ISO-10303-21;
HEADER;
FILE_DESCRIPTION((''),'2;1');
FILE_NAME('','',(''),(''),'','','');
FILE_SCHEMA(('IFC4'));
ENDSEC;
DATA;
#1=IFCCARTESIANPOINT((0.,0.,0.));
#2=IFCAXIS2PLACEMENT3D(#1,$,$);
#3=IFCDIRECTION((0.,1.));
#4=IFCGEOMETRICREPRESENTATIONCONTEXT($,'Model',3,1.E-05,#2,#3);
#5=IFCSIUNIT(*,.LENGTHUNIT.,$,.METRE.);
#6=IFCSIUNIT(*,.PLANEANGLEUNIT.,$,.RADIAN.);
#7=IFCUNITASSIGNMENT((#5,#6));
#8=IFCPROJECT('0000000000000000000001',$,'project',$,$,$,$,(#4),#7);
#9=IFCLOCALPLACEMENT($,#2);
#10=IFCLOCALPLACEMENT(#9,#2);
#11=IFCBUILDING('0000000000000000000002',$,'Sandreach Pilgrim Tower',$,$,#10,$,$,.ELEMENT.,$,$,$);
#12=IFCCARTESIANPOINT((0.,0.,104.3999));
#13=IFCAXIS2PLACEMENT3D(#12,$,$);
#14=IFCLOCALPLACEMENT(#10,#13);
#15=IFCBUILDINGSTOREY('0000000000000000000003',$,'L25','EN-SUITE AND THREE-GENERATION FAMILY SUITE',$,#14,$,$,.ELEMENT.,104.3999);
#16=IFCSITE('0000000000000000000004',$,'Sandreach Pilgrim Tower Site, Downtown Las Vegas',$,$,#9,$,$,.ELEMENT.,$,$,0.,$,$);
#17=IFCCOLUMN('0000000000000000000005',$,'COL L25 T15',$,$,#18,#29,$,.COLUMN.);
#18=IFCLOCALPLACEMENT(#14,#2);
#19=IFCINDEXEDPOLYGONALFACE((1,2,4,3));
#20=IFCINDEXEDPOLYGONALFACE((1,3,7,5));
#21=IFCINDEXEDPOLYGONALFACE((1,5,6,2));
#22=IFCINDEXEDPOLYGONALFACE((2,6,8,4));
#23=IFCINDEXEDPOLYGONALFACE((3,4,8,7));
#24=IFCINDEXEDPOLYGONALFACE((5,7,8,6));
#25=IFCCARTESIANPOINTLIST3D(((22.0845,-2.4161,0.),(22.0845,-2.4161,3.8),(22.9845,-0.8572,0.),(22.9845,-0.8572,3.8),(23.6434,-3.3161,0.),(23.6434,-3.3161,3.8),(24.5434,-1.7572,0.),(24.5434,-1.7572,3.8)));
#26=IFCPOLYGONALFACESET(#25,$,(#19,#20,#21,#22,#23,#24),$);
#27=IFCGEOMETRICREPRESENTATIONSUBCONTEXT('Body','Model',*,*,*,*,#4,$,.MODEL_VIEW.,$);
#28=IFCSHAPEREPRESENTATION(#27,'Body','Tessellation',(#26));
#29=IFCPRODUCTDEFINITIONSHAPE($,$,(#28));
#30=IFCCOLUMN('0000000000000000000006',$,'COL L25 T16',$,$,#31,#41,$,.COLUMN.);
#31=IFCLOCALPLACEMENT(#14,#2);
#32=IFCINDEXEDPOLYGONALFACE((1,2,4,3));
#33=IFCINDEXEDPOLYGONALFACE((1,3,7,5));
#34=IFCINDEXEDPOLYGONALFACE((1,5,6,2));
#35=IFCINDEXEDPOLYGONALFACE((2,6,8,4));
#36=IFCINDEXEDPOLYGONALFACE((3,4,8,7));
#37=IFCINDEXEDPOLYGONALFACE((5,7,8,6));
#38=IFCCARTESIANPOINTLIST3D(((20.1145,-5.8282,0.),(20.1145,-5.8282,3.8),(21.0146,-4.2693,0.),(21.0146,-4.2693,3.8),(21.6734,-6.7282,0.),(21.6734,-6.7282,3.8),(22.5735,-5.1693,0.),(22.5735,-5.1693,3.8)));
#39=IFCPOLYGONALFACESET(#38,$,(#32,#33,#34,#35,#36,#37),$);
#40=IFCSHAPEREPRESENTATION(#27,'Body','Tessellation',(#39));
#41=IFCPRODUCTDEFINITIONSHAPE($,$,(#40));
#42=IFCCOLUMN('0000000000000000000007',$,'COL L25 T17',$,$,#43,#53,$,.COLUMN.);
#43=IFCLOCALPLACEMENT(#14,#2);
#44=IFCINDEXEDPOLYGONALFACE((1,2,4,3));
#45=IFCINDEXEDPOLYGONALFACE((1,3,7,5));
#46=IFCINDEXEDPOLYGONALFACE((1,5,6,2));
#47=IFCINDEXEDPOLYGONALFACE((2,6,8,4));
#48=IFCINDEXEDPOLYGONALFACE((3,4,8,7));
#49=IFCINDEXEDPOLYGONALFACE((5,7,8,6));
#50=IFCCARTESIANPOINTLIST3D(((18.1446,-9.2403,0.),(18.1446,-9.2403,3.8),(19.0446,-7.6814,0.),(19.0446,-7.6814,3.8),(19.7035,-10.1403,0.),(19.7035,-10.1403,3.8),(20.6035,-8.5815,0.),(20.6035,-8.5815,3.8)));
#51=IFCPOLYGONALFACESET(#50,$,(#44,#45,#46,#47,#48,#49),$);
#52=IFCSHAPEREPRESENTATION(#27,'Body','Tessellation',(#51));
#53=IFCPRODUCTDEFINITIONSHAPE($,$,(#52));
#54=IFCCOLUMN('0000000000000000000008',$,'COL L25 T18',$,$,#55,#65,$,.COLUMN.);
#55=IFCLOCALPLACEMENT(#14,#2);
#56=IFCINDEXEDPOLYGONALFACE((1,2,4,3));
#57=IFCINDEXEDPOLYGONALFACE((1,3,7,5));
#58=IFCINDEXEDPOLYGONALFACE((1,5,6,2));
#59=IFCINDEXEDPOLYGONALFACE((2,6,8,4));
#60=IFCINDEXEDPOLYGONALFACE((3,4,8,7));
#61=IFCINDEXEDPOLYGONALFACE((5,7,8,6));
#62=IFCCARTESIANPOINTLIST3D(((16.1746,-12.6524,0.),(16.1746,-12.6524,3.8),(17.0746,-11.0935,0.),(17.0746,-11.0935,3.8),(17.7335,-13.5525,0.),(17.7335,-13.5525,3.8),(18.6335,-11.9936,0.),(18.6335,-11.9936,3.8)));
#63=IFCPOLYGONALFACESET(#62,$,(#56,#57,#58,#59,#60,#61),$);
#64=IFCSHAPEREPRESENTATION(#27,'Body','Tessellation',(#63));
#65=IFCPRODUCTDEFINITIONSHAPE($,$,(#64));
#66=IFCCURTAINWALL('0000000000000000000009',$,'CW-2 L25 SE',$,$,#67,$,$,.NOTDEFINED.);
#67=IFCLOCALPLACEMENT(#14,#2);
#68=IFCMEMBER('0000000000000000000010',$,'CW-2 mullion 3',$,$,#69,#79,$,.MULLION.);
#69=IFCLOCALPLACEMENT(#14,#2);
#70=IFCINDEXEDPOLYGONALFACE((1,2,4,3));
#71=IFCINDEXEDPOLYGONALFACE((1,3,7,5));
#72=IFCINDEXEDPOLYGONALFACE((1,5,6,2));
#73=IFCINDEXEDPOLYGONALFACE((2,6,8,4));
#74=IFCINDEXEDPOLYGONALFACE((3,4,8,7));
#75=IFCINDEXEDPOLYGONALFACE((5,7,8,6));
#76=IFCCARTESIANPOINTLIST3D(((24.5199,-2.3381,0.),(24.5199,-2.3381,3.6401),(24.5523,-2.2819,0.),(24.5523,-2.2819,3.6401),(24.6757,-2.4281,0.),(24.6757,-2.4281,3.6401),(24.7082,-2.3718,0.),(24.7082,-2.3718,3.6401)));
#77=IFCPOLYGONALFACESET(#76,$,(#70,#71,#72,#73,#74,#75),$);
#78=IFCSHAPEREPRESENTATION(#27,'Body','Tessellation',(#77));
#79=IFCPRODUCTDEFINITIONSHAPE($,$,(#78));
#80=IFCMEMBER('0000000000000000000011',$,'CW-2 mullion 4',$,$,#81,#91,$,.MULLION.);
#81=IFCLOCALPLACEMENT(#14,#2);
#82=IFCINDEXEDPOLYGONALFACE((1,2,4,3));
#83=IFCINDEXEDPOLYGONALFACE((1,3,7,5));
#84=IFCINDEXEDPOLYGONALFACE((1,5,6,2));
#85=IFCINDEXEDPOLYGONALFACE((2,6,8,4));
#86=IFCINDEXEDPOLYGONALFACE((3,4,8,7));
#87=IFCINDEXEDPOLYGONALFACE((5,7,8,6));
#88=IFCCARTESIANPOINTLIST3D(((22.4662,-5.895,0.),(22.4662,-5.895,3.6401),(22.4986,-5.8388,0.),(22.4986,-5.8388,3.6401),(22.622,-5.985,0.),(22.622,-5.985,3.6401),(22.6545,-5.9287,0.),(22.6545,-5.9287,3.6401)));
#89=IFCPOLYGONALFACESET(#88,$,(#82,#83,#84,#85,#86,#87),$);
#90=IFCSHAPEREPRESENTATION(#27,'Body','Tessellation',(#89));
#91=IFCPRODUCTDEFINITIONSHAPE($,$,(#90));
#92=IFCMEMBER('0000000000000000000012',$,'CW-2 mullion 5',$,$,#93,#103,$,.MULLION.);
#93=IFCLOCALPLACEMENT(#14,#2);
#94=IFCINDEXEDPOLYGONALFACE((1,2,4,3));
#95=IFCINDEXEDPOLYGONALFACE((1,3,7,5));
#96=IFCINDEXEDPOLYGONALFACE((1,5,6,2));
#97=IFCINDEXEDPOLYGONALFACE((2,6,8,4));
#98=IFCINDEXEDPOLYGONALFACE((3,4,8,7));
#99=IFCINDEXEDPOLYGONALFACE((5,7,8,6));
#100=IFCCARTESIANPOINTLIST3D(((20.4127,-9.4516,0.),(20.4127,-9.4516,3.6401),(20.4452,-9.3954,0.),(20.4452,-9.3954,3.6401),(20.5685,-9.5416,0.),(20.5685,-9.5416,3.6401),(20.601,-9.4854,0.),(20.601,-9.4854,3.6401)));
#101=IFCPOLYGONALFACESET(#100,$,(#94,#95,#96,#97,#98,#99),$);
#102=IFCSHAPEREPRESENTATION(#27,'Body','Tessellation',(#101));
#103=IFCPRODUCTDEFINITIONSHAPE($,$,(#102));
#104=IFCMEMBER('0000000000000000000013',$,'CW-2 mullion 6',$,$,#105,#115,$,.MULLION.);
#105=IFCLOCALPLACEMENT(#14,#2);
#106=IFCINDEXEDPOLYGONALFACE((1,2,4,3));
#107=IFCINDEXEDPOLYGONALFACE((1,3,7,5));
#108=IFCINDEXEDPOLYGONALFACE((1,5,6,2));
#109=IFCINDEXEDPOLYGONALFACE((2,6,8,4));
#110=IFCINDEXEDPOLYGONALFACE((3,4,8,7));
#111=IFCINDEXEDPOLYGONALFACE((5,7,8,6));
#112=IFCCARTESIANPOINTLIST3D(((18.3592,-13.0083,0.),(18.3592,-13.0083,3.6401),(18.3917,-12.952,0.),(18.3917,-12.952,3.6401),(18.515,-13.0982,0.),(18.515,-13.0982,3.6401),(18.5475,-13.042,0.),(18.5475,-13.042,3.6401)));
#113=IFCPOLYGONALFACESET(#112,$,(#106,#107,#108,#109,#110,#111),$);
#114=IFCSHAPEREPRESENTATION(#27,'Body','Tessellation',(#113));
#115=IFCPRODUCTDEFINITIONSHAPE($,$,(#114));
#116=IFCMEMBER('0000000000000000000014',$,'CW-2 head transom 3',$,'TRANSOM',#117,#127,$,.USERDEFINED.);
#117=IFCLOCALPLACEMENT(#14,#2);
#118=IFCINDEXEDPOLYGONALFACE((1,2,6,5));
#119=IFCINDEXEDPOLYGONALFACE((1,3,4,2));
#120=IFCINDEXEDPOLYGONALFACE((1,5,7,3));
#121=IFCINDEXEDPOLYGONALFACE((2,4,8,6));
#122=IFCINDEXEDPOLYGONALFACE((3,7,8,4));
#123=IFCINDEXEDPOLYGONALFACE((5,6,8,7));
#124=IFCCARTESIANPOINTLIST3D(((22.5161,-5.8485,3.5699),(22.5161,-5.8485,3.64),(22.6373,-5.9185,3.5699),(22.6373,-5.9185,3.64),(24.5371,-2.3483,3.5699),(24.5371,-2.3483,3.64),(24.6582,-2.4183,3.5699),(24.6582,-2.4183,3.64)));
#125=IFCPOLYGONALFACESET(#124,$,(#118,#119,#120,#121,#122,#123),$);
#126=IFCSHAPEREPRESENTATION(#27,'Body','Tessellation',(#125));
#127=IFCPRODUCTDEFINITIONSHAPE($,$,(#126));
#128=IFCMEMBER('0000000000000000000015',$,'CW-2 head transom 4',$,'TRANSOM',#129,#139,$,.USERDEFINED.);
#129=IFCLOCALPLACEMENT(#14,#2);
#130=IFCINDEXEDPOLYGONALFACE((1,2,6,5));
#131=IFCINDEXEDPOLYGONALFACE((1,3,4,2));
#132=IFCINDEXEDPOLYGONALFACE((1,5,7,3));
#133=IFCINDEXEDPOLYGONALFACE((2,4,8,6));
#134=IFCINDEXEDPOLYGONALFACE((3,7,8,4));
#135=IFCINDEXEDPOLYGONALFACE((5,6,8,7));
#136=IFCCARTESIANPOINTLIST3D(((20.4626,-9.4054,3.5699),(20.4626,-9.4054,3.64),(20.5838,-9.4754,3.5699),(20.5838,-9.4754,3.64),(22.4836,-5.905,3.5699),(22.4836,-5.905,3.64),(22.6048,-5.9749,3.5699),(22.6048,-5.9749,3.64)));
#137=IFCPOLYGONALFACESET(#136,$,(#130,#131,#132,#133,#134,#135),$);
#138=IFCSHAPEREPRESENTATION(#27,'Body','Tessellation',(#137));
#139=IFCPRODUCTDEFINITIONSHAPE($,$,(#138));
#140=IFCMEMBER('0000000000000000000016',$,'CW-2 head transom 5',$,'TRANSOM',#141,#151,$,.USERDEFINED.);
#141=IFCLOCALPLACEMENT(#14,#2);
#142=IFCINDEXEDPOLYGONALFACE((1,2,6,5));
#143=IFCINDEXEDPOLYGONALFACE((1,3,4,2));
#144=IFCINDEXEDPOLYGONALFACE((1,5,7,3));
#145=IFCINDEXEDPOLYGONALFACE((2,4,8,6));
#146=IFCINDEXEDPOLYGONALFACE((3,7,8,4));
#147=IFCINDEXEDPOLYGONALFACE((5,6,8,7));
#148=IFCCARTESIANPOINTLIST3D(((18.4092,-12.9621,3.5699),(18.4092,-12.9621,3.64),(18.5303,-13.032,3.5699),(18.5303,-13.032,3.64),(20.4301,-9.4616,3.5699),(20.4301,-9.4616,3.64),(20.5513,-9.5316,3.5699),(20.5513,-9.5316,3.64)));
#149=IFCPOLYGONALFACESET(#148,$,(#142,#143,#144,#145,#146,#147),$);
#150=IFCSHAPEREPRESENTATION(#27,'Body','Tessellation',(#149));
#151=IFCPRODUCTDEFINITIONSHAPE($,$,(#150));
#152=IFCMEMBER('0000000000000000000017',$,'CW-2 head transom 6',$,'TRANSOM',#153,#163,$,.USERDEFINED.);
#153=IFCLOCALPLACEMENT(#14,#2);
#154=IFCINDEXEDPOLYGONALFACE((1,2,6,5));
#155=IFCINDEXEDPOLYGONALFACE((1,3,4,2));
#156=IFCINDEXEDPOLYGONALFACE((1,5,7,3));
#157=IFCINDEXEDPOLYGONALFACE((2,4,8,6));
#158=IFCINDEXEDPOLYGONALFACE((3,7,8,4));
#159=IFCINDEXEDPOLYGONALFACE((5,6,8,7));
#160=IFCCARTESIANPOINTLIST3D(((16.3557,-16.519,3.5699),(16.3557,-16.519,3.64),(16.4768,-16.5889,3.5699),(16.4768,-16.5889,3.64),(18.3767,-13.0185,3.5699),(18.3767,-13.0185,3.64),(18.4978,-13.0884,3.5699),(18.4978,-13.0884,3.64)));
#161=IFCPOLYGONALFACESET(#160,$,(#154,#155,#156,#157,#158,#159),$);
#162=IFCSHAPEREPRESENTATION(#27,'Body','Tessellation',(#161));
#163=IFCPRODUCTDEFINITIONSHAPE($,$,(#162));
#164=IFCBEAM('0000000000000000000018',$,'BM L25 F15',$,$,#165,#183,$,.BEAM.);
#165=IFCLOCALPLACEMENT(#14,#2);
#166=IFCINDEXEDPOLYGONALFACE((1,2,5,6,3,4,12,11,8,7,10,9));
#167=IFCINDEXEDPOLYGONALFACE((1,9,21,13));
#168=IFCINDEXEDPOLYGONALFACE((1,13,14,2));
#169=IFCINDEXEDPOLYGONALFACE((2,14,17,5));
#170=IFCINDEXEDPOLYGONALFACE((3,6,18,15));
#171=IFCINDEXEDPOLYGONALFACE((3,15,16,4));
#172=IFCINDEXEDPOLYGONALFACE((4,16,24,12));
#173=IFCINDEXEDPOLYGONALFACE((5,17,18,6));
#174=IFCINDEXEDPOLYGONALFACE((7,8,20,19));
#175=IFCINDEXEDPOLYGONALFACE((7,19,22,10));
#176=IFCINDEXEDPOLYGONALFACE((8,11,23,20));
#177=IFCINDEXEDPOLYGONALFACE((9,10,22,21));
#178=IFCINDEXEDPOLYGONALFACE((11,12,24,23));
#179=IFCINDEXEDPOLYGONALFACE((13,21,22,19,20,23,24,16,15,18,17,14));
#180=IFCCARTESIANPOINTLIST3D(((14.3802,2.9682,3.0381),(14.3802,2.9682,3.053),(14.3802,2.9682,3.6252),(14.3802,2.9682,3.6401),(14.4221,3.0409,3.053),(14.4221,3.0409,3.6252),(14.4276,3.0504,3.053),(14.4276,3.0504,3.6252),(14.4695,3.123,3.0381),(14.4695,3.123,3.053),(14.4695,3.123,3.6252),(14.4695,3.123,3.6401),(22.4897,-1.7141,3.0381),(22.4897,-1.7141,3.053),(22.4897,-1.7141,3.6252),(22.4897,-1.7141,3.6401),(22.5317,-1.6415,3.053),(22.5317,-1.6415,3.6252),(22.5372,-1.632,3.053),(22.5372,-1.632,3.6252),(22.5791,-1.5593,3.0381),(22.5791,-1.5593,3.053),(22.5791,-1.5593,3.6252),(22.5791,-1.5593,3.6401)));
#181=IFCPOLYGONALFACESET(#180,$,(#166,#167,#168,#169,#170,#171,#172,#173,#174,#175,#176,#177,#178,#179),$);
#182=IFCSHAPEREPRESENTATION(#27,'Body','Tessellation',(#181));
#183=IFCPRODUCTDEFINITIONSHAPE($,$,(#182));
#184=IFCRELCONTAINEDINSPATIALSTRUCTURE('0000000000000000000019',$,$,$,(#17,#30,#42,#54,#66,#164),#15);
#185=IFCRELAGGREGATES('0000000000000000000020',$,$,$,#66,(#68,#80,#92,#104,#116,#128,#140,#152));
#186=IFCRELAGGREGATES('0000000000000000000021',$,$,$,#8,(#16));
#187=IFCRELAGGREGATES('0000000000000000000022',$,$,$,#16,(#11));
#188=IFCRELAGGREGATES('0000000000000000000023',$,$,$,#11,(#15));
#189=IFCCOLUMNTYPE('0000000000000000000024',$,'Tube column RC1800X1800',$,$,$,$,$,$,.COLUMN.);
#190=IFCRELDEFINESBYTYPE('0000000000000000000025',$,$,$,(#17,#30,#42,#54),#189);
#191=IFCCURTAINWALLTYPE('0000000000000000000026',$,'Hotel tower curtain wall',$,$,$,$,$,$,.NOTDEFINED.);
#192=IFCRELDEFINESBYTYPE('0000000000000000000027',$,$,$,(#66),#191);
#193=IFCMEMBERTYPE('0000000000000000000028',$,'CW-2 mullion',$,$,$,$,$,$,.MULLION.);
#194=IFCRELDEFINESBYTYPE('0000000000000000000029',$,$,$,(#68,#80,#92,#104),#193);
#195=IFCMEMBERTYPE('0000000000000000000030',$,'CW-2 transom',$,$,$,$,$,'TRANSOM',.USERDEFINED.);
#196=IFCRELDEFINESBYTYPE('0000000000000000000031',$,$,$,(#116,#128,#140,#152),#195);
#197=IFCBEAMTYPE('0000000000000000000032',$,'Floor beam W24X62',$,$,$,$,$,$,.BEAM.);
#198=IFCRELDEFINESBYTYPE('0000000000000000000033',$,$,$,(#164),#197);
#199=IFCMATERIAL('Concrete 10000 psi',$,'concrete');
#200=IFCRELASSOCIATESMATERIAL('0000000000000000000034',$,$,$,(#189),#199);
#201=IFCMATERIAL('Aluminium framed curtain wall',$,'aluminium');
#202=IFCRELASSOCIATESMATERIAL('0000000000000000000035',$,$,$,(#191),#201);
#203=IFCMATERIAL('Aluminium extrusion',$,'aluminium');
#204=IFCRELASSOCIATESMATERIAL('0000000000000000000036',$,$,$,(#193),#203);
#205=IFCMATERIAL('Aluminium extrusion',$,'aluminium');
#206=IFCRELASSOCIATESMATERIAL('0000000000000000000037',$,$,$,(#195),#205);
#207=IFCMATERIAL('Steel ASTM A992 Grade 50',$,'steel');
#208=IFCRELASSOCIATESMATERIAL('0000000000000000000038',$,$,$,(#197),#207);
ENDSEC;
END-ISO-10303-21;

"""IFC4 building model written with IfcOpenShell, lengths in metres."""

from ifc_helpers import new_model, si_unit, direction, frame, origin, origin_2d, place, context, subcontext, project, spatial, rectangle, i_section, extrude, material, material_profile, profile_set, type_object, element, aggregate, save


model = new_model("IFC4")

# Units and contexts
model_context = context("Model", 3, precision=1e-05, world=origin(), true_north=direction((0.0, 1.0)))
body_context = subcontext(model_context, "Body", "Model", "MODEL_VIEW")
ifc_project = project(units=[si_unit("LENGTHUNIT", "METRE"), si_unit("PLANEANGLEUNIT", "RADIAN")], contexts=[model_context])

# Site, building, storey
site_placement = place(None, origin())
site = spatial("IfcSite", under=ifc_project, at=site_placement, Name="Sandreach Pilgrim Tower Site, Downtown Las Vegas", CompositionType="ELEMENT", RefElevation=0.0)
building_placement = place(site_placement, origin())
building = spatial("IfcBuilding", under=site, at=building_placement, Name="Sandreach Pilgrim Tower", CompositionType="ELEMENT")
storey_placement = place(building_placement, frame((0.0, 0.0, 104.3999)))
storey = spatial("IfcBuildingStorey", under=building, at=storey_placement, Name="L25", Description="EN-SUITE AND THREE-GENERATION FAMILY SUITE", CompositionType="ELEMENT", Elevation=104.3999)

# Columns
ifc_material_1 = material(Name="Concrete 10000 psi", Category="concrete")
ifc_material_profile_1 = material_profile(ifc_material_1, rectangle(XDim=1.8, YDim=1.8, at=origin_2d()), Name="RC1800X1800")
ifc_profile_set_1 = profile_set([ifc_material_profile_1], Name="Concrete 10000 psi")
column_type = type_object("IfcColumnType", Name="Tube column RC1800X1800", PredefinedType="COLUMN", material=ifc_profile_set_1)
for number, where, z_axis, x_axis, name in (
    (1, (23.314, -2.0867, 0.0), (0.0, 0.0, 1.0), (0.866025, -0.5, 0.0), "COL L25 T15"),
    (2, (21.344, -5.4988, 0.0), (0.0, 0.0, 1.0), (0.866025, -0.5, 0.0), "COL L25 T16"),
    (3, (19.374, -8.9109, 0.0), (0.0, 0.0, 1.0), (0.866025, -0.5, 0.0), "COL L25 T17"),
    (4, (17.4041, -12.323, 0.0), (0.0, 0.0, 1.0), (0.866025, -0.5, 0.0), "COL L25 T18"),
):
    element("IfcColumn", number, at=place(storey_placement, frame(where, z_axis=z_axis, x_axis=x_axis)), inside=storey, type_object=column_type, Name=name, PredefinedType="COLUMN", context=body_context, shape_type="SweptSolid", body=[
        extrude(rectangle(XDim=1.8, YDim=1.8, at=origin_2d()), origin(), (0.0, 0.0, 1.0), 3.8),
    ])

# Curtain wall, members
ifc_material_2 = material(Name="Aluminium framed curtain wall", Category="aluminium")
curtain_wall_type = type_object("IfcCurtainWallType", Name="Hotel tower curtain wall", PredefinedType="NOTDEFINED", material=ifc_material_2)
curtain_wall_placement = place(storey_placement, origin())
curtain_wall = element("IfcCurtainWall", 5, at=curtain_wall_placement, inside=storey, type_object=curtain_wall_type, Name="CW-2 L25 SE", PredefinedType="NOTDEFINED")
ifc_material_3 = material(Name="Aluminium extrusion", Category="aluminium")
ifc_material_profile_2 = material_profile(ifc_material_3, rectangle(XDim=0.0649, YDim=0.1799, at=origin_2d()), Name="CW-2M 65X180")
ifc_profile_set_2 = profile_set([ifc_material_profile_2], Name="Aluminium extrusion")
member_type_1 = type_object("IfcMemberType", Name="CW-2 mullion", PredefinedType="MULLION", material=ifc_profile_set_2)
member_1_placement = place(storey_placement, frame((24.614, -2.355, 0.0), z_axis=(0.0, 0.0, 1.0), x_axis=(-0.5, -0.866025, 0.0)))
member_1 = element("IfcMember", 6, at=member_1_placement, type_object=member_type_1, Name="CW-2 mullion 3", PredefinedType="MULLION", context=body_context, shape_type="SweptSolid", body=[
    extrude(rectangle(XDim=0.0649, YDim=0.1799, at=origin_2d()), origin(), (0.0, 0.0, 1.0), 3.6401),
])
member_2_placement = place(storey_placement, frame((22.5603, -5.9119, 0.0), z_axis=(0.0, 0.0, 1.0), x_axis=(-0.5, -0.866025, 0.0)))
member_2 = element("IfcMember", 7, at=member_2_placement, type_object=member_type_1, Name="CW-2 mullion 4", PredefinedType="MULLION", context=body_context, shape_type="SweptSolid", body=[
    extrude(rectangle(XDim=0.0649, YDim=0.1799, at=origin_2d()), origin(), (0.0, 0.0, 1.0), 3.6401),
])
member_3_placement = place(storey_placement, frame((20.5068, -9.4685, 0.0), z_axis=(0.0, 0.0, 1.0), x_axis=(-0.5, -0.866025, 0.0)))
member_3 = element("IfcMember", 8, at=member_3_placement, type_object=member_type_1, Name="CW-2 mullion 5", PredefinedType="MULLION", context=body_context, shape_type="SweptSolid", body=[
    extrude(rectangle(XDim=0.0649, YDim=0.1799, at=origin_2d()), origin(), (0.0, 0.0, 1.0), 3.6401),
])
member_4_placement = place(storey_placement, frame((18.4534, -13.0251, 0.0), z_axis=(0.0, 0.0, 1.0), x_axis=(-0.5, -0.866025, 0.0)))
member_4 = element("IfcMember", 9, at=member_4_placement, type_object=member_type_1, Name="CW-2 mullion 6", PredefinedType="MULLION", context=body_context, shape_type="SweptSolid", body=[
    extrude(rectangle(XDim=0.0649, YDim=0.1799, at=origin_2d()), origin(), (0.0, 0.0, 1.0), 3.6401),
])
ifc_material_4 = material(Name="Aluminium extrusion", Category="aluminium")
ifc_material_profile_3 = material_profile(ifc_material_4, rectangle(XDim=0.1399, YDim=0.0701, at=origin_2d()), Name="CW-2T 140X70")
ifc_profile_set_3 = profile_set([ifc_material_profile_3], Name="Aluminium extrusion")
member_type_2 = type_object("IfcMemberType", Name="CW-2 transom", ElementType="TRANSOM", PredefinedType="USERDEFINED", material=ifc_profile_set_3)
member_5_placement = place(storey_placement, frame((24.5977, -2.3833, 3.605), z_axis=(-0.500024, -0.866012, 0.0), x_axis=(0.866012, -0.500024, 0.0)))
member_5 = element("IfcMember", 10, at=member_5_placement, type_object=member_type_2, Name="CW-2 head transom 3", ObjectType="TRANSOM", PredefinedType="USERDEFINED", context=body_context, shape_type="SweptSolid", body=[
    extrude(rectangle(XDim=0.1399, YDim=0.0701, at=origin_2d()), origin(), (0.0, 0.0, 1.0), 4.0417),
])
member_6_placement = place(storey_placement, frame((22.5442, -5.9399, 3.605), z_axis=(-0.499998, -0.866027, 0.0), x_axis=(0.866027, -0.499998, 0.0)))
member_6 = element("IfcMember", 11, at=member_6_placement, type_object=member_type_2, Name="CW-2 head transom 4", ObjectType="TRANSOM", PredefinedType="USERDEFINED", context=body_context, shape_type="SweptSolid", body=[
    extrude(rectangle(XDim=0.1399, YDim=0.0701, at=origin_2d()), origin(), (0.0, 0.0, 1.0), 4.042),
])
member_7_placement = place(storey_placement, frame((20.4907, -9.4966, 3.605), z_axis=(-0.499998, -0.866027, 0.0), x_axis=(0.866027, -0.499998, 0.0)))
member_7 = element("IfcMember", 12, at=member_7_placement, type_object=member_type_2, Name="CW-2 head transom 5", ObjectType="TRANSOM", PredefinedType="USERDEFINED", context=body_context, shape_type="SweptSolid", body=[
    extrude(rectangle(XDim=0.1399, YDim=0.0701, at=origin_2d()), origin(), (0.0, 0.0, 1.0), 4.042),
])
member_8_placement = place(storey_placement, frame((18.4373, -13.0535, 3.605), z_axis=(-0.499998, -0.866027, 0.0), x_axis=(0.866027, -0.499998, 0.0)))
member_8 = element("IfcMember", 13, at=member_8_placement, type_object=member_type_2, Name="CW-2 head transom 6", ObjectType="TRANSOM", PredefinedType="USERDEFINED", context=body_context, shape_type="SweptSolid", body=[
    extrude(rectangle(XDim=0.1399, YDim=0.0701, at=origin_2d()), origin(), (0.0, 0.0, 1.0), 4.042),
])

# Beam
ifc_material_5 = material(Name="Steel ASTM A992 Grade 50", Category="steel")
ifc_material_profile_4 = material_profile(ifc_material_5, i_section(OverallWidth=0.1787, OverallDepth=0.6021, WebThickness=0.011, FlangeThickness=0.0149, at=origin_2d()), Name="W24X62")
ifc_profile_set_4 = profile_set([ifc_material_profile_4], Name="Steel ASTM A992 Grade 50")
beam_type_1 = type_object("IfcBeamType", Name="Floor beam W24X62", PredefinedType="BEAM", material=ifc_profile_set_4)
beam_1_placement = place(storey_placement, frame((22.5344, -1.6367, 3.3391), z_axis=(-0.866012, 0.500023, 0.0), x_axis=(-0.500023, -0.866012, 0.0)))
element("IfcBeam", 14, at=beam_1_placement, inside=storey, type_object=beam_type_1, Name="BM L25 F15", PredefinedType="BEAM", context=body_context, shape_type="SweptSolid", body=[
    extrude(i_section(OverallWidth=0.1787, OverallDepth=0.6021, WebThickness=0.011, FlangeThickness=0.0149, at=origin_2d()), origin(), (0.0, 0.0, 1.0), 9.3643),
])

aggregate(curtain_wall, [member_1, member_2, member_3, member_4, member_5, member_6, member_7, member_8])

save(model, "model.ifc")
